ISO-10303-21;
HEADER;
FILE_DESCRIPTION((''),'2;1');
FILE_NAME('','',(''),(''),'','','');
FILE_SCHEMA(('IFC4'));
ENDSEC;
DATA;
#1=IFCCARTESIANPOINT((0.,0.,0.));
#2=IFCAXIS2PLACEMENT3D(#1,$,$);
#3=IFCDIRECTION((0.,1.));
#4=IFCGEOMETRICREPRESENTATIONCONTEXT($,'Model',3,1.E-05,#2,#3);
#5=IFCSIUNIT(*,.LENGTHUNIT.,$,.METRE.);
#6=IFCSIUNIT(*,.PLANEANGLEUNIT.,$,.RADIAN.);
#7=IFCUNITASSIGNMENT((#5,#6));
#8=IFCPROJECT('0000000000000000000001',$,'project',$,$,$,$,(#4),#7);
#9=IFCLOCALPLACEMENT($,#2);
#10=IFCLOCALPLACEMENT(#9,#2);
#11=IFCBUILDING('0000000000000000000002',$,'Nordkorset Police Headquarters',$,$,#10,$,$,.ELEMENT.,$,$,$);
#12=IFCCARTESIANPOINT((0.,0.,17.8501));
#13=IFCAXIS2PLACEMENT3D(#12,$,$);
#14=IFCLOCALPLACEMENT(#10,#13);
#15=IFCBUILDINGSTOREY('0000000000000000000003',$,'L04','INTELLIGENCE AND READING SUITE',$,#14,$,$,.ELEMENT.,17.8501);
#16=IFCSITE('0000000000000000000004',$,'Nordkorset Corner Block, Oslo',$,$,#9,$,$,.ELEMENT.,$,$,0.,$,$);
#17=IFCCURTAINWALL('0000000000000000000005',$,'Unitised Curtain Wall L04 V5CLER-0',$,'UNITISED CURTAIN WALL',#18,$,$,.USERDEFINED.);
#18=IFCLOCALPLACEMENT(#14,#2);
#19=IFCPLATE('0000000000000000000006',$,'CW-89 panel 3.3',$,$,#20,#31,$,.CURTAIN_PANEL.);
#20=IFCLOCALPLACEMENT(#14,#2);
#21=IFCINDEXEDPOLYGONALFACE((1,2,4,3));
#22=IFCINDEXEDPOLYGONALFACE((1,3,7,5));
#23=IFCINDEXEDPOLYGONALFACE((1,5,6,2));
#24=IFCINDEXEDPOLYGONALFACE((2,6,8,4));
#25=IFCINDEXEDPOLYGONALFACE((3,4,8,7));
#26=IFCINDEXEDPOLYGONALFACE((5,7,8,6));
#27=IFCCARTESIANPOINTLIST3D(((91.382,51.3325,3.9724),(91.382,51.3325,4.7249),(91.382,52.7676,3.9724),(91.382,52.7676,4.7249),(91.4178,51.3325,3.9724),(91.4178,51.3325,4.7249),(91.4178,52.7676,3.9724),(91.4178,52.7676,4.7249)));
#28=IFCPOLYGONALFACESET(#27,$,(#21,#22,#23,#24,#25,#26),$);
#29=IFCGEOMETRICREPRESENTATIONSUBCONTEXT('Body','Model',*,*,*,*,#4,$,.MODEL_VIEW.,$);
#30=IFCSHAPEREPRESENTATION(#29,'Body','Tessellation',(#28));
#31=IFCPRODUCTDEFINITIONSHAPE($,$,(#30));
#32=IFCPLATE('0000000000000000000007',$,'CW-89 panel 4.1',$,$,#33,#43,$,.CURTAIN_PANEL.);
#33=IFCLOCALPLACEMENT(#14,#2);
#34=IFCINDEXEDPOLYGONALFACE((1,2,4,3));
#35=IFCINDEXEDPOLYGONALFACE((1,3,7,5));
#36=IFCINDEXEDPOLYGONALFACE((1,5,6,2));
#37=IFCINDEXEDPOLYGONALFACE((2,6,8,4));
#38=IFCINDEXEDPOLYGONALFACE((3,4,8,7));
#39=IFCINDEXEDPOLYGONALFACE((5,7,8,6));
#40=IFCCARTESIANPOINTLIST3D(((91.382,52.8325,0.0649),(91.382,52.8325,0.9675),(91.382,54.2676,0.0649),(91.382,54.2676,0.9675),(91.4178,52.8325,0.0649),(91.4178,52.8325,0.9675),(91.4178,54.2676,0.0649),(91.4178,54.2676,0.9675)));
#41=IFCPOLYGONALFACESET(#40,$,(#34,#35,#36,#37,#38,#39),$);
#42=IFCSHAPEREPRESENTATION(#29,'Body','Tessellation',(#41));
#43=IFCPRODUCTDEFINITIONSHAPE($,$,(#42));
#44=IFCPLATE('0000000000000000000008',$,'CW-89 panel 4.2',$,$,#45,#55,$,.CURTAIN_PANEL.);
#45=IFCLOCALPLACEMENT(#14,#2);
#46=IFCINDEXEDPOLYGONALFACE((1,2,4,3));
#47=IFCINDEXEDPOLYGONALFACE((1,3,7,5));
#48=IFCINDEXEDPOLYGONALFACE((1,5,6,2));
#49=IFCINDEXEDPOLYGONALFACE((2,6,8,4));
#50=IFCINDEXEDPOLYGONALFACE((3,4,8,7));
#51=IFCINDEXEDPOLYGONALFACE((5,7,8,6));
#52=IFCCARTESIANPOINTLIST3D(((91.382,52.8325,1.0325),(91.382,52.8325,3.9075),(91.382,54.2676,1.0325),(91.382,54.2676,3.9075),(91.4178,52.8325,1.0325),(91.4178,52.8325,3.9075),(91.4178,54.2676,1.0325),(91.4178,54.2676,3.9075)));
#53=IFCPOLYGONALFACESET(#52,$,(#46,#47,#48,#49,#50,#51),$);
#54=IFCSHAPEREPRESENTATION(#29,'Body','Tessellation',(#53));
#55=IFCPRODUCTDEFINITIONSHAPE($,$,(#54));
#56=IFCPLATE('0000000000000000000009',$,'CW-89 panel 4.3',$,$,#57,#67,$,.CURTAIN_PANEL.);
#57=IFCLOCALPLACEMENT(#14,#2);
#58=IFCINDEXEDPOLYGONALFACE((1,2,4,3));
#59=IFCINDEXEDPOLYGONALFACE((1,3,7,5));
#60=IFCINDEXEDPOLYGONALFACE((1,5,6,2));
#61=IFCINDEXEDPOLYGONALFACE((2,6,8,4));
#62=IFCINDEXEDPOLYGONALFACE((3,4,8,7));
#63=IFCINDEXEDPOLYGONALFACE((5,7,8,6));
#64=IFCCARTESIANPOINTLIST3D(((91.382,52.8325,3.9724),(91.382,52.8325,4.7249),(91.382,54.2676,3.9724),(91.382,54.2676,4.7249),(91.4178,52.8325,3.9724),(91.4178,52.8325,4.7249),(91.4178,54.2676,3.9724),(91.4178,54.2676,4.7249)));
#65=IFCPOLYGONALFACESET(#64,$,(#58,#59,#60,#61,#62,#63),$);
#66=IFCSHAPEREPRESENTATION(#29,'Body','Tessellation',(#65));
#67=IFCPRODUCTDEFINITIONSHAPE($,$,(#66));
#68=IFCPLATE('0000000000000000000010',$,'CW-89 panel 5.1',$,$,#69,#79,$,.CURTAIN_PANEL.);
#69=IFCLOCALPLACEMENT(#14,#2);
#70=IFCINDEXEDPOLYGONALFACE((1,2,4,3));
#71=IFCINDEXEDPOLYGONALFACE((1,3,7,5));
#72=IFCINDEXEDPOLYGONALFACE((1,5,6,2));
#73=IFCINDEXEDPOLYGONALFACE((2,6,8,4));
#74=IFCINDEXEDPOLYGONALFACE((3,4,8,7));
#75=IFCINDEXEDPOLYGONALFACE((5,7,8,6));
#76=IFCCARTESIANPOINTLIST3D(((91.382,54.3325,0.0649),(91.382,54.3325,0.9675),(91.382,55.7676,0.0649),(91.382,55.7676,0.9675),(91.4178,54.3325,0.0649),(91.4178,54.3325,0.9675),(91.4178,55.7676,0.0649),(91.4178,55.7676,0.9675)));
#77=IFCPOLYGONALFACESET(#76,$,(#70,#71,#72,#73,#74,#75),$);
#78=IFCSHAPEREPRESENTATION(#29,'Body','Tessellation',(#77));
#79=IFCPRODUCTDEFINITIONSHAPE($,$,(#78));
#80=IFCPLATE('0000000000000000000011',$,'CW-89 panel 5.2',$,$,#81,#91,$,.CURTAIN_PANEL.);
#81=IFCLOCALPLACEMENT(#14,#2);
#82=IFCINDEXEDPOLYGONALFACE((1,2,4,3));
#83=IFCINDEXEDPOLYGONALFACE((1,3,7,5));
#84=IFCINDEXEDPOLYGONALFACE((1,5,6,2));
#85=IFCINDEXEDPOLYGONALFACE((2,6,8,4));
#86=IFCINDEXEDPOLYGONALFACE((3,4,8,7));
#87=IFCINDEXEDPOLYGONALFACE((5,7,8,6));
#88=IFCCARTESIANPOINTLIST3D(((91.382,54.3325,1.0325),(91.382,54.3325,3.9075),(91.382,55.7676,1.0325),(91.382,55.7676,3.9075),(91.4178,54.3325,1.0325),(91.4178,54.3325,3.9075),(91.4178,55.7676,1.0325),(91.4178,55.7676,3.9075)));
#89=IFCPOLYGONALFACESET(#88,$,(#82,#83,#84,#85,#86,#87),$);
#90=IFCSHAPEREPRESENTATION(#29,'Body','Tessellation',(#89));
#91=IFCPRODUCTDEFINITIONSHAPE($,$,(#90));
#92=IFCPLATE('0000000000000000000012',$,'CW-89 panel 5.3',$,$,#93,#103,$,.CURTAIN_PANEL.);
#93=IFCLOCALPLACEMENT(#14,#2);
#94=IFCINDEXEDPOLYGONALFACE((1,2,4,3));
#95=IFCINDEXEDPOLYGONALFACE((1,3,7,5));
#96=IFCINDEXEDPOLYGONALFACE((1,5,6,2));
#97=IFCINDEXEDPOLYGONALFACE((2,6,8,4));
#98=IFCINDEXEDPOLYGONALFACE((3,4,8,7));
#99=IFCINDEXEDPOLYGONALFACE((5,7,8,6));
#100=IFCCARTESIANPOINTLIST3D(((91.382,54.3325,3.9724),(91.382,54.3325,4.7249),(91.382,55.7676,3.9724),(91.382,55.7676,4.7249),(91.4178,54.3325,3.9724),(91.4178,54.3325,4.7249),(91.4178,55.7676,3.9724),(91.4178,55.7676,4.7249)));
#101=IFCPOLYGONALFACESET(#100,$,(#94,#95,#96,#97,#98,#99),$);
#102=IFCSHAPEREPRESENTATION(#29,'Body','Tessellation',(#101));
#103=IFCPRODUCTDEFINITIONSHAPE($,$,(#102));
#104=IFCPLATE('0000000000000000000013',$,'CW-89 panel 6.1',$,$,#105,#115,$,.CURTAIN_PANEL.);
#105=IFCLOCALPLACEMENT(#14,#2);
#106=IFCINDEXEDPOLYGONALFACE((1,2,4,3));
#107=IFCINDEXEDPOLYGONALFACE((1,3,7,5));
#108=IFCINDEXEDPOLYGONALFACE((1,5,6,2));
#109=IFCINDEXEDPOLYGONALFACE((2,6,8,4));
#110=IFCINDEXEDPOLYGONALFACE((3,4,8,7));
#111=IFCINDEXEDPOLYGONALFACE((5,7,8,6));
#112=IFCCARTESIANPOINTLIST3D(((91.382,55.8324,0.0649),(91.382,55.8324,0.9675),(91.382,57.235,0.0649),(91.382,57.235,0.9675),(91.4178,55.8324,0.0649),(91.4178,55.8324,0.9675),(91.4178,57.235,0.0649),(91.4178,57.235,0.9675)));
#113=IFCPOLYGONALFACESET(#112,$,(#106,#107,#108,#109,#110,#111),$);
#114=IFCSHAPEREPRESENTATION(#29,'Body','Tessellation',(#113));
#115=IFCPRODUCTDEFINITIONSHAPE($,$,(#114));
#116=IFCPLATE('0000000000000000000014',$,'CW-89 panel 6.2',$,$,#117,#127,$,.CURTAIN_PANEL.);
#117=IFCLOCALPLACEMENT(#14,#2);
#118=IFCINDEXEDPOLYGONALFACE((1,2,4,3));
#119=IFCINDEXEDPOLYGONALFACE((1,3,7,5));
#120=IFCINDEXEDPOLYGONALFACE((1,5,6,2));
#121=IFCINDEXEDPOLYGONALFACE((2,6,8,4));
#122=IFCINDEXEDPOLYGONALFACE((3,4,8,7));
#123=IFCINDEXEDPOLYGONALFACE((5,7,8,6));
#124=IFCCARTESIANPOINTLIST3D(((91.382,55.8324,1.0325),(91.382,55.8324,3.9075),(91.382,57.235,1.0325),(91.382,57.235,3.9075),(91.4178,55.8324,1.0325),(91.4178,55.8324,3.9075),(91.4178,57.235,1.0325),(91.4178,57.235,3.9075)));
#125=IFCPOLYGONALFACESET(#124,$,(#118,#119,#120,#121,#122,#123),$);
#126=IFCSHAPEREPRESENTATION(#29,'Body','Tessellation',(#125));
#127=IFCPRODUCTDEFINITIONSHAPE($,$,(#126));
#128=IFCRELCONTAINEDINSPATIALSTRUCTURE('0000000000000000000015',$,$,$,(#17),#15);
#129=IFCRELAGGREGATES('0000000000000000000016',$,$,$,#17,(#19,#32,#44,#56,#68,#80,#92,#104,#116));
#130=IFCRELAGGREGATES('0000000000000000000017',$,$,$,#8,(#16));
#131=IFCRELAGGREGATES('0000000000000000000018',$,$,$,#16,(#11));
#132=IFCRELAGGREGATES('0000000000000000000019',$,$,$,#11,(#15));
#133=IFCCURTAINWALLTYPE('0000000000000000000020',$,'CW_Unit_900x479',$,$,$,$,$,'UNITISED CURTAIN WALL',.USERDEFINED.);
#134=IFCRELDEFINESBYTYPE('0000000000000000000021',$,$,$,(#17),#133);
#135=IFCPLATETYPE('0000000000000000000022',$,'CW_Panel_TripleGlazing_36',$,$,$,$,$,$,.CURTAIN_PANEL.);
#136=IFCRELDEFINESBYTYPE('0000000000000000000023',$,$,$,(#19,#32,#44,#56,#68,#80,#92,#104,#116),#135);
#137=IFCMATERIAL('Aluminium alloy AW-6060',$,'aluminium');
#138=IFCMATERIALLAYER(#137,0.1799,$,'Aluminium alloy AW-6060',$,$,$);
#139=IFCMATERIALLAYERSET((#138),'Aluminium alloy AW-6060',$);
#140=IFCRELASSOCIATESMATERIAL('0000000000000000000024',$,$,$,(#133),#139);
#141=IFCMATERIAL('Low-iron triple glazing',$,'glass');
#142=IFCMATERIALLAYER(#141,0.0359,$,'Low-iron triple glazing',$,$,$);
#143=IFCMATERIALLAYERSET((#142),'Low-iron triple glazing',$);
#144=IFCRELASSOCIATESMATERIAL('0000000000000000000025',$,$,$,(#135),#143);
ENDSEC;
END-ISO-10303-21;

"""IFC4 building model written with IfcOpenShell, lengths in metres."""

from ifc_helpers import new_model, si_unit, direction, frame, origin, origin_2d, place, context, subcontext, project, spatial, rectangle, extrude, material, layer, layer_set, type_object, element, aggregate, save


model = new_model("IFC4")

# Units and contexts
model_context = context("Model", 3, precision=1e-05, world=origin(), true_north=direction((0.0, 1.0)))
body_context = subcontext(model_context, "Body", "Model", "MODEL_VIEW")
ifc_project = project(units=[si_unit("LENGTHUNIT", "METRE"), si_unit("PLANEANGLEUNIT", "RADIAN")], contexts=[model_context])

# Site, building, storey
site_placement = place(None, origin())
site = spatial("IfcSite", under=ifc_project, at=site_placement, Name="Nordkorset Corner Block, Oslo", CompositionType="ELEMENT", RefElevation=0.0)
building_placement = place(site_placement, origin())
building = spatial("IfcBuilding", under=site, at=building_placement, Name="Nordkorset Police Headquarters", CompositionType="ELEMENT")
storey_placement = place(building_placement, frame((0.0, 0.0, 17.8501)))
storey = spatial("IfcBuildingStorey", under=building, at=storey_placement, Name="L04", Description="INTELLIGENCE AND READING SUITE", CompositionType="ELEMENT", Elevation=17.8501)

# Curtain wall, plates
ifc_material_1 = material(Name="Aluminium alloy AW-6060", Category="aluminium")
ifc_layer_1 = layer(ifc_material_1, 0.1799, Name="Aluminium alloy AW-6060")
ifc_layer_set_1 = layer_set([ifc_layer_1], Name="Aluminium alloy AW-6060")
curtain_wall_type = type_object("IfcCurtainWallType", Name="CW_Unit_900x479", ElementType="UNITISED CURTAIN WALL", PredefinedType="USERDEFINED", material=ifc_layer_set_1)
curtain_wall_placement = place(storey_placement, origin())
curtain_wall = element("IfcCurtainWall", 1, at=curtain_wall_placement, inside=storey, type_object=curtain_wall_type, Name="Unitised Curtain Wall L04 V5CLER-0", ObjectType="UNITISED CURTAIN WALL", PredefinedType="USERDEFINED")
ifc_material_2 = material(Name="Low-iron triple glazing", Category="glass")
ifc_layer_2 = layer(ifc_material_2, 0.0359, Name="Low-iron triple glazing")
ifc_layer_set_2 = layer_set([ifc_layer_2], Name="Low-iron triple glazing")
plate_type = type_object("IfcPlateType", Name="CW_Panel_TripleGlazing_36", PredefinedType="CURTAIN_PANEL", material=ifc_layer_set_2)
plate_1_placement = place(storey_placement, frame((91.3999, 52.05, 3.9724), z_axis=(0.0, 0.0, 1.0), x_axis=(0.0, 1.0, 0.0)))
plate_1 = element("IfcPlate", 2, at=plate_1_placement, type_object=plate_type, Name="CW-89 panel 3.3", PredefinedType="CURTAIN_PANEL", context=body_context, shape_type="SweptSolid", body=[
    extrude(rectangle(XDim=1.4351, YDim=0.0359, at=origin_2d()), origin(), (0.0, 0.0, 1.0), 0.7524),
])
plate_2_placement = place(storey_placement, frame((91.3999, 53.55, 0.0649), z_axis=(0.0, 0.0, 1.0), x_axis=(0.0, 1.0, 0.0)))
plate_2 = element("IfcPlate", 3, at=plate_2_placement, type_object=plate_type, Name="CW-89 panel 4.1", PredefinedType="CURTAIN_PANEL", context=body_context, shape_type="SweptSolid", body=[
    extrude(rectangle(XDim=1.4351, YDim=0.0359, at=origin_2d()), origin(), (0.0, 0.0, 1.0), 0.9026),
])
plate_3_placement = place(storey_placement, frame((91.3999, 53.55, 1.0325), z_axis=(0.0, 0.0, 1.0), x_axis=(0.0, 1.0, 0.0)))
plate_3 = element("IfcPlate", 4, at=plate_3_placement, type_object=plate_type, Name="CW-89 panel 4.2", PredefinedType="CURTAIN_PANEL", context=body_context, shape_type="SweptSolid", body=[
    extrude(rectangle(XDim=1.4351, YDim=0.0359, at=origin_2d()), origin(), (0.0, 0.0, 1.0), 2.875),
])
plate_4_placement = place(storey_placement, frame((91.3999, 53.55, 3.9724), z_axis=(0.0, 0.0, 1.0), x_axis=(0.0, 1.0, 0.0)))
plate_4 = element("IfcPlate", 5, at=plate_4_placement, type_object=plate_type, Name="CW-89 panel 4.3", PredefinedType="CURTAIN_PANEL", context=body_context, shape_type="SweptSolid", body=[
    extrude(rectangle(XDim=1.4351, YDim=0.0359, at=origin_2d()), origin(), (0.0, 0.0, 1.0), 0.7524),
])
plate_5_placement = place(storey_placement, frame((91.3999, 55.05, 0.0649), z_axis=(0.0, 0.0, 1.0), x_axis=(0.0, 1.0, 0.0)))
plate_5 = element("IfcPlate", 6, at=plate_5_placement, type_object=plate_type, Name="CW-89 panel 5.1", PredefinedType="CURTAIN_PANEL", context=body_context, shape_type="SweptSolid", body=[
    extrude(rectangle(XDim=1.4351, YDim=0.0359, at=origin_2d()), origin(), (0.0, 0.0, 1.0), 0.9026),
])
plate_6_placement = place(storey_placement, frame((91.3999, 55.05, 1.0325), z_axis=(0.0, 0.0, 1.0), x_axis=(0.0, 1.0, 0.0)))
plate_6 = element("IfcPlate", 7, at=plate_6_placement, type_object=plate_type, Name="CW-89 panel 5.2", PredefinedType="CURTAIN_PANEL", context=body_context, shape_type="SweptSolid", body=[
    extrude(rectangle(XDim=1.4351, YDim=0.0359, at=origin_2d()), origin(), (0.0, 0.0, 1.0), 2.875),
])
plate_7_placement = place(storey_placement, frame((91.3999, 55.05, 3.9724), z_axis=(0.0, 0.0, 1.0), x_axis=(0.0, 1.0, 0.0)))
plate_7 = element("IfcPlate", 8, at=plate_7_placement, type_object=plate_type, Name="CW-89 panel 5.3", PredefinedType="CURTAIN_PANEL", context=body_context, shape_type="SweptSolid", body=[
    extrude(rectangle(XDim=1.4351, YDim=0.0359, at=origin_2d()), origin(), (0.0, 0.0, 1.0), 0.7524),
])
plate_8_placement = place(storey_placement, frame((91.3999, 56.5337, 0.0649), z_axis=(0.0, 0.0, 1.0), x_axis=(0.0, 1.0, 0.0)))
plate_8 = element("IfcPlate", 9, at=plate_8_placement, type_object=plate_type, Name="CW-89 panel 6.1", PredefinedType="CURTAIN_PANEL", context=body_context, shape_type="SweptSolid", body=[
    extrude(rectangle(XDim=1.4026, YDim=0.0359, at=origin_2d()), origin(), (0.0, 0.0, 1.0), 0.9026),
])
plate_9_placement = place(storey_placement, frame((91.3999, 56.5337, 1.0325), z_axis=(0.0, 0.0, 1.0), x_axis=(0.0, 1.0, 0.0)))
plate_9 = element("IfcPlate", 10, at=plate_9_placement, type_object=plate_type, Name="CW-89 panel 6.2", PredefinedType="CURTAIN_PANEL", context=body_context, shape_type="SweptSolid", body=[
    extrude(rectangle(XDim=1.4026, YDim=0.0359, at=origin_2d()), origin(), (0.0, 0.0, 1.0), 2.875),
])
aggregate(curtain_wall, [plate_1, plate_2, plate_3, plate_4, plate_5, plate_6, plate_7, plate_8, plate_9])

save(model, "model.ifc")
